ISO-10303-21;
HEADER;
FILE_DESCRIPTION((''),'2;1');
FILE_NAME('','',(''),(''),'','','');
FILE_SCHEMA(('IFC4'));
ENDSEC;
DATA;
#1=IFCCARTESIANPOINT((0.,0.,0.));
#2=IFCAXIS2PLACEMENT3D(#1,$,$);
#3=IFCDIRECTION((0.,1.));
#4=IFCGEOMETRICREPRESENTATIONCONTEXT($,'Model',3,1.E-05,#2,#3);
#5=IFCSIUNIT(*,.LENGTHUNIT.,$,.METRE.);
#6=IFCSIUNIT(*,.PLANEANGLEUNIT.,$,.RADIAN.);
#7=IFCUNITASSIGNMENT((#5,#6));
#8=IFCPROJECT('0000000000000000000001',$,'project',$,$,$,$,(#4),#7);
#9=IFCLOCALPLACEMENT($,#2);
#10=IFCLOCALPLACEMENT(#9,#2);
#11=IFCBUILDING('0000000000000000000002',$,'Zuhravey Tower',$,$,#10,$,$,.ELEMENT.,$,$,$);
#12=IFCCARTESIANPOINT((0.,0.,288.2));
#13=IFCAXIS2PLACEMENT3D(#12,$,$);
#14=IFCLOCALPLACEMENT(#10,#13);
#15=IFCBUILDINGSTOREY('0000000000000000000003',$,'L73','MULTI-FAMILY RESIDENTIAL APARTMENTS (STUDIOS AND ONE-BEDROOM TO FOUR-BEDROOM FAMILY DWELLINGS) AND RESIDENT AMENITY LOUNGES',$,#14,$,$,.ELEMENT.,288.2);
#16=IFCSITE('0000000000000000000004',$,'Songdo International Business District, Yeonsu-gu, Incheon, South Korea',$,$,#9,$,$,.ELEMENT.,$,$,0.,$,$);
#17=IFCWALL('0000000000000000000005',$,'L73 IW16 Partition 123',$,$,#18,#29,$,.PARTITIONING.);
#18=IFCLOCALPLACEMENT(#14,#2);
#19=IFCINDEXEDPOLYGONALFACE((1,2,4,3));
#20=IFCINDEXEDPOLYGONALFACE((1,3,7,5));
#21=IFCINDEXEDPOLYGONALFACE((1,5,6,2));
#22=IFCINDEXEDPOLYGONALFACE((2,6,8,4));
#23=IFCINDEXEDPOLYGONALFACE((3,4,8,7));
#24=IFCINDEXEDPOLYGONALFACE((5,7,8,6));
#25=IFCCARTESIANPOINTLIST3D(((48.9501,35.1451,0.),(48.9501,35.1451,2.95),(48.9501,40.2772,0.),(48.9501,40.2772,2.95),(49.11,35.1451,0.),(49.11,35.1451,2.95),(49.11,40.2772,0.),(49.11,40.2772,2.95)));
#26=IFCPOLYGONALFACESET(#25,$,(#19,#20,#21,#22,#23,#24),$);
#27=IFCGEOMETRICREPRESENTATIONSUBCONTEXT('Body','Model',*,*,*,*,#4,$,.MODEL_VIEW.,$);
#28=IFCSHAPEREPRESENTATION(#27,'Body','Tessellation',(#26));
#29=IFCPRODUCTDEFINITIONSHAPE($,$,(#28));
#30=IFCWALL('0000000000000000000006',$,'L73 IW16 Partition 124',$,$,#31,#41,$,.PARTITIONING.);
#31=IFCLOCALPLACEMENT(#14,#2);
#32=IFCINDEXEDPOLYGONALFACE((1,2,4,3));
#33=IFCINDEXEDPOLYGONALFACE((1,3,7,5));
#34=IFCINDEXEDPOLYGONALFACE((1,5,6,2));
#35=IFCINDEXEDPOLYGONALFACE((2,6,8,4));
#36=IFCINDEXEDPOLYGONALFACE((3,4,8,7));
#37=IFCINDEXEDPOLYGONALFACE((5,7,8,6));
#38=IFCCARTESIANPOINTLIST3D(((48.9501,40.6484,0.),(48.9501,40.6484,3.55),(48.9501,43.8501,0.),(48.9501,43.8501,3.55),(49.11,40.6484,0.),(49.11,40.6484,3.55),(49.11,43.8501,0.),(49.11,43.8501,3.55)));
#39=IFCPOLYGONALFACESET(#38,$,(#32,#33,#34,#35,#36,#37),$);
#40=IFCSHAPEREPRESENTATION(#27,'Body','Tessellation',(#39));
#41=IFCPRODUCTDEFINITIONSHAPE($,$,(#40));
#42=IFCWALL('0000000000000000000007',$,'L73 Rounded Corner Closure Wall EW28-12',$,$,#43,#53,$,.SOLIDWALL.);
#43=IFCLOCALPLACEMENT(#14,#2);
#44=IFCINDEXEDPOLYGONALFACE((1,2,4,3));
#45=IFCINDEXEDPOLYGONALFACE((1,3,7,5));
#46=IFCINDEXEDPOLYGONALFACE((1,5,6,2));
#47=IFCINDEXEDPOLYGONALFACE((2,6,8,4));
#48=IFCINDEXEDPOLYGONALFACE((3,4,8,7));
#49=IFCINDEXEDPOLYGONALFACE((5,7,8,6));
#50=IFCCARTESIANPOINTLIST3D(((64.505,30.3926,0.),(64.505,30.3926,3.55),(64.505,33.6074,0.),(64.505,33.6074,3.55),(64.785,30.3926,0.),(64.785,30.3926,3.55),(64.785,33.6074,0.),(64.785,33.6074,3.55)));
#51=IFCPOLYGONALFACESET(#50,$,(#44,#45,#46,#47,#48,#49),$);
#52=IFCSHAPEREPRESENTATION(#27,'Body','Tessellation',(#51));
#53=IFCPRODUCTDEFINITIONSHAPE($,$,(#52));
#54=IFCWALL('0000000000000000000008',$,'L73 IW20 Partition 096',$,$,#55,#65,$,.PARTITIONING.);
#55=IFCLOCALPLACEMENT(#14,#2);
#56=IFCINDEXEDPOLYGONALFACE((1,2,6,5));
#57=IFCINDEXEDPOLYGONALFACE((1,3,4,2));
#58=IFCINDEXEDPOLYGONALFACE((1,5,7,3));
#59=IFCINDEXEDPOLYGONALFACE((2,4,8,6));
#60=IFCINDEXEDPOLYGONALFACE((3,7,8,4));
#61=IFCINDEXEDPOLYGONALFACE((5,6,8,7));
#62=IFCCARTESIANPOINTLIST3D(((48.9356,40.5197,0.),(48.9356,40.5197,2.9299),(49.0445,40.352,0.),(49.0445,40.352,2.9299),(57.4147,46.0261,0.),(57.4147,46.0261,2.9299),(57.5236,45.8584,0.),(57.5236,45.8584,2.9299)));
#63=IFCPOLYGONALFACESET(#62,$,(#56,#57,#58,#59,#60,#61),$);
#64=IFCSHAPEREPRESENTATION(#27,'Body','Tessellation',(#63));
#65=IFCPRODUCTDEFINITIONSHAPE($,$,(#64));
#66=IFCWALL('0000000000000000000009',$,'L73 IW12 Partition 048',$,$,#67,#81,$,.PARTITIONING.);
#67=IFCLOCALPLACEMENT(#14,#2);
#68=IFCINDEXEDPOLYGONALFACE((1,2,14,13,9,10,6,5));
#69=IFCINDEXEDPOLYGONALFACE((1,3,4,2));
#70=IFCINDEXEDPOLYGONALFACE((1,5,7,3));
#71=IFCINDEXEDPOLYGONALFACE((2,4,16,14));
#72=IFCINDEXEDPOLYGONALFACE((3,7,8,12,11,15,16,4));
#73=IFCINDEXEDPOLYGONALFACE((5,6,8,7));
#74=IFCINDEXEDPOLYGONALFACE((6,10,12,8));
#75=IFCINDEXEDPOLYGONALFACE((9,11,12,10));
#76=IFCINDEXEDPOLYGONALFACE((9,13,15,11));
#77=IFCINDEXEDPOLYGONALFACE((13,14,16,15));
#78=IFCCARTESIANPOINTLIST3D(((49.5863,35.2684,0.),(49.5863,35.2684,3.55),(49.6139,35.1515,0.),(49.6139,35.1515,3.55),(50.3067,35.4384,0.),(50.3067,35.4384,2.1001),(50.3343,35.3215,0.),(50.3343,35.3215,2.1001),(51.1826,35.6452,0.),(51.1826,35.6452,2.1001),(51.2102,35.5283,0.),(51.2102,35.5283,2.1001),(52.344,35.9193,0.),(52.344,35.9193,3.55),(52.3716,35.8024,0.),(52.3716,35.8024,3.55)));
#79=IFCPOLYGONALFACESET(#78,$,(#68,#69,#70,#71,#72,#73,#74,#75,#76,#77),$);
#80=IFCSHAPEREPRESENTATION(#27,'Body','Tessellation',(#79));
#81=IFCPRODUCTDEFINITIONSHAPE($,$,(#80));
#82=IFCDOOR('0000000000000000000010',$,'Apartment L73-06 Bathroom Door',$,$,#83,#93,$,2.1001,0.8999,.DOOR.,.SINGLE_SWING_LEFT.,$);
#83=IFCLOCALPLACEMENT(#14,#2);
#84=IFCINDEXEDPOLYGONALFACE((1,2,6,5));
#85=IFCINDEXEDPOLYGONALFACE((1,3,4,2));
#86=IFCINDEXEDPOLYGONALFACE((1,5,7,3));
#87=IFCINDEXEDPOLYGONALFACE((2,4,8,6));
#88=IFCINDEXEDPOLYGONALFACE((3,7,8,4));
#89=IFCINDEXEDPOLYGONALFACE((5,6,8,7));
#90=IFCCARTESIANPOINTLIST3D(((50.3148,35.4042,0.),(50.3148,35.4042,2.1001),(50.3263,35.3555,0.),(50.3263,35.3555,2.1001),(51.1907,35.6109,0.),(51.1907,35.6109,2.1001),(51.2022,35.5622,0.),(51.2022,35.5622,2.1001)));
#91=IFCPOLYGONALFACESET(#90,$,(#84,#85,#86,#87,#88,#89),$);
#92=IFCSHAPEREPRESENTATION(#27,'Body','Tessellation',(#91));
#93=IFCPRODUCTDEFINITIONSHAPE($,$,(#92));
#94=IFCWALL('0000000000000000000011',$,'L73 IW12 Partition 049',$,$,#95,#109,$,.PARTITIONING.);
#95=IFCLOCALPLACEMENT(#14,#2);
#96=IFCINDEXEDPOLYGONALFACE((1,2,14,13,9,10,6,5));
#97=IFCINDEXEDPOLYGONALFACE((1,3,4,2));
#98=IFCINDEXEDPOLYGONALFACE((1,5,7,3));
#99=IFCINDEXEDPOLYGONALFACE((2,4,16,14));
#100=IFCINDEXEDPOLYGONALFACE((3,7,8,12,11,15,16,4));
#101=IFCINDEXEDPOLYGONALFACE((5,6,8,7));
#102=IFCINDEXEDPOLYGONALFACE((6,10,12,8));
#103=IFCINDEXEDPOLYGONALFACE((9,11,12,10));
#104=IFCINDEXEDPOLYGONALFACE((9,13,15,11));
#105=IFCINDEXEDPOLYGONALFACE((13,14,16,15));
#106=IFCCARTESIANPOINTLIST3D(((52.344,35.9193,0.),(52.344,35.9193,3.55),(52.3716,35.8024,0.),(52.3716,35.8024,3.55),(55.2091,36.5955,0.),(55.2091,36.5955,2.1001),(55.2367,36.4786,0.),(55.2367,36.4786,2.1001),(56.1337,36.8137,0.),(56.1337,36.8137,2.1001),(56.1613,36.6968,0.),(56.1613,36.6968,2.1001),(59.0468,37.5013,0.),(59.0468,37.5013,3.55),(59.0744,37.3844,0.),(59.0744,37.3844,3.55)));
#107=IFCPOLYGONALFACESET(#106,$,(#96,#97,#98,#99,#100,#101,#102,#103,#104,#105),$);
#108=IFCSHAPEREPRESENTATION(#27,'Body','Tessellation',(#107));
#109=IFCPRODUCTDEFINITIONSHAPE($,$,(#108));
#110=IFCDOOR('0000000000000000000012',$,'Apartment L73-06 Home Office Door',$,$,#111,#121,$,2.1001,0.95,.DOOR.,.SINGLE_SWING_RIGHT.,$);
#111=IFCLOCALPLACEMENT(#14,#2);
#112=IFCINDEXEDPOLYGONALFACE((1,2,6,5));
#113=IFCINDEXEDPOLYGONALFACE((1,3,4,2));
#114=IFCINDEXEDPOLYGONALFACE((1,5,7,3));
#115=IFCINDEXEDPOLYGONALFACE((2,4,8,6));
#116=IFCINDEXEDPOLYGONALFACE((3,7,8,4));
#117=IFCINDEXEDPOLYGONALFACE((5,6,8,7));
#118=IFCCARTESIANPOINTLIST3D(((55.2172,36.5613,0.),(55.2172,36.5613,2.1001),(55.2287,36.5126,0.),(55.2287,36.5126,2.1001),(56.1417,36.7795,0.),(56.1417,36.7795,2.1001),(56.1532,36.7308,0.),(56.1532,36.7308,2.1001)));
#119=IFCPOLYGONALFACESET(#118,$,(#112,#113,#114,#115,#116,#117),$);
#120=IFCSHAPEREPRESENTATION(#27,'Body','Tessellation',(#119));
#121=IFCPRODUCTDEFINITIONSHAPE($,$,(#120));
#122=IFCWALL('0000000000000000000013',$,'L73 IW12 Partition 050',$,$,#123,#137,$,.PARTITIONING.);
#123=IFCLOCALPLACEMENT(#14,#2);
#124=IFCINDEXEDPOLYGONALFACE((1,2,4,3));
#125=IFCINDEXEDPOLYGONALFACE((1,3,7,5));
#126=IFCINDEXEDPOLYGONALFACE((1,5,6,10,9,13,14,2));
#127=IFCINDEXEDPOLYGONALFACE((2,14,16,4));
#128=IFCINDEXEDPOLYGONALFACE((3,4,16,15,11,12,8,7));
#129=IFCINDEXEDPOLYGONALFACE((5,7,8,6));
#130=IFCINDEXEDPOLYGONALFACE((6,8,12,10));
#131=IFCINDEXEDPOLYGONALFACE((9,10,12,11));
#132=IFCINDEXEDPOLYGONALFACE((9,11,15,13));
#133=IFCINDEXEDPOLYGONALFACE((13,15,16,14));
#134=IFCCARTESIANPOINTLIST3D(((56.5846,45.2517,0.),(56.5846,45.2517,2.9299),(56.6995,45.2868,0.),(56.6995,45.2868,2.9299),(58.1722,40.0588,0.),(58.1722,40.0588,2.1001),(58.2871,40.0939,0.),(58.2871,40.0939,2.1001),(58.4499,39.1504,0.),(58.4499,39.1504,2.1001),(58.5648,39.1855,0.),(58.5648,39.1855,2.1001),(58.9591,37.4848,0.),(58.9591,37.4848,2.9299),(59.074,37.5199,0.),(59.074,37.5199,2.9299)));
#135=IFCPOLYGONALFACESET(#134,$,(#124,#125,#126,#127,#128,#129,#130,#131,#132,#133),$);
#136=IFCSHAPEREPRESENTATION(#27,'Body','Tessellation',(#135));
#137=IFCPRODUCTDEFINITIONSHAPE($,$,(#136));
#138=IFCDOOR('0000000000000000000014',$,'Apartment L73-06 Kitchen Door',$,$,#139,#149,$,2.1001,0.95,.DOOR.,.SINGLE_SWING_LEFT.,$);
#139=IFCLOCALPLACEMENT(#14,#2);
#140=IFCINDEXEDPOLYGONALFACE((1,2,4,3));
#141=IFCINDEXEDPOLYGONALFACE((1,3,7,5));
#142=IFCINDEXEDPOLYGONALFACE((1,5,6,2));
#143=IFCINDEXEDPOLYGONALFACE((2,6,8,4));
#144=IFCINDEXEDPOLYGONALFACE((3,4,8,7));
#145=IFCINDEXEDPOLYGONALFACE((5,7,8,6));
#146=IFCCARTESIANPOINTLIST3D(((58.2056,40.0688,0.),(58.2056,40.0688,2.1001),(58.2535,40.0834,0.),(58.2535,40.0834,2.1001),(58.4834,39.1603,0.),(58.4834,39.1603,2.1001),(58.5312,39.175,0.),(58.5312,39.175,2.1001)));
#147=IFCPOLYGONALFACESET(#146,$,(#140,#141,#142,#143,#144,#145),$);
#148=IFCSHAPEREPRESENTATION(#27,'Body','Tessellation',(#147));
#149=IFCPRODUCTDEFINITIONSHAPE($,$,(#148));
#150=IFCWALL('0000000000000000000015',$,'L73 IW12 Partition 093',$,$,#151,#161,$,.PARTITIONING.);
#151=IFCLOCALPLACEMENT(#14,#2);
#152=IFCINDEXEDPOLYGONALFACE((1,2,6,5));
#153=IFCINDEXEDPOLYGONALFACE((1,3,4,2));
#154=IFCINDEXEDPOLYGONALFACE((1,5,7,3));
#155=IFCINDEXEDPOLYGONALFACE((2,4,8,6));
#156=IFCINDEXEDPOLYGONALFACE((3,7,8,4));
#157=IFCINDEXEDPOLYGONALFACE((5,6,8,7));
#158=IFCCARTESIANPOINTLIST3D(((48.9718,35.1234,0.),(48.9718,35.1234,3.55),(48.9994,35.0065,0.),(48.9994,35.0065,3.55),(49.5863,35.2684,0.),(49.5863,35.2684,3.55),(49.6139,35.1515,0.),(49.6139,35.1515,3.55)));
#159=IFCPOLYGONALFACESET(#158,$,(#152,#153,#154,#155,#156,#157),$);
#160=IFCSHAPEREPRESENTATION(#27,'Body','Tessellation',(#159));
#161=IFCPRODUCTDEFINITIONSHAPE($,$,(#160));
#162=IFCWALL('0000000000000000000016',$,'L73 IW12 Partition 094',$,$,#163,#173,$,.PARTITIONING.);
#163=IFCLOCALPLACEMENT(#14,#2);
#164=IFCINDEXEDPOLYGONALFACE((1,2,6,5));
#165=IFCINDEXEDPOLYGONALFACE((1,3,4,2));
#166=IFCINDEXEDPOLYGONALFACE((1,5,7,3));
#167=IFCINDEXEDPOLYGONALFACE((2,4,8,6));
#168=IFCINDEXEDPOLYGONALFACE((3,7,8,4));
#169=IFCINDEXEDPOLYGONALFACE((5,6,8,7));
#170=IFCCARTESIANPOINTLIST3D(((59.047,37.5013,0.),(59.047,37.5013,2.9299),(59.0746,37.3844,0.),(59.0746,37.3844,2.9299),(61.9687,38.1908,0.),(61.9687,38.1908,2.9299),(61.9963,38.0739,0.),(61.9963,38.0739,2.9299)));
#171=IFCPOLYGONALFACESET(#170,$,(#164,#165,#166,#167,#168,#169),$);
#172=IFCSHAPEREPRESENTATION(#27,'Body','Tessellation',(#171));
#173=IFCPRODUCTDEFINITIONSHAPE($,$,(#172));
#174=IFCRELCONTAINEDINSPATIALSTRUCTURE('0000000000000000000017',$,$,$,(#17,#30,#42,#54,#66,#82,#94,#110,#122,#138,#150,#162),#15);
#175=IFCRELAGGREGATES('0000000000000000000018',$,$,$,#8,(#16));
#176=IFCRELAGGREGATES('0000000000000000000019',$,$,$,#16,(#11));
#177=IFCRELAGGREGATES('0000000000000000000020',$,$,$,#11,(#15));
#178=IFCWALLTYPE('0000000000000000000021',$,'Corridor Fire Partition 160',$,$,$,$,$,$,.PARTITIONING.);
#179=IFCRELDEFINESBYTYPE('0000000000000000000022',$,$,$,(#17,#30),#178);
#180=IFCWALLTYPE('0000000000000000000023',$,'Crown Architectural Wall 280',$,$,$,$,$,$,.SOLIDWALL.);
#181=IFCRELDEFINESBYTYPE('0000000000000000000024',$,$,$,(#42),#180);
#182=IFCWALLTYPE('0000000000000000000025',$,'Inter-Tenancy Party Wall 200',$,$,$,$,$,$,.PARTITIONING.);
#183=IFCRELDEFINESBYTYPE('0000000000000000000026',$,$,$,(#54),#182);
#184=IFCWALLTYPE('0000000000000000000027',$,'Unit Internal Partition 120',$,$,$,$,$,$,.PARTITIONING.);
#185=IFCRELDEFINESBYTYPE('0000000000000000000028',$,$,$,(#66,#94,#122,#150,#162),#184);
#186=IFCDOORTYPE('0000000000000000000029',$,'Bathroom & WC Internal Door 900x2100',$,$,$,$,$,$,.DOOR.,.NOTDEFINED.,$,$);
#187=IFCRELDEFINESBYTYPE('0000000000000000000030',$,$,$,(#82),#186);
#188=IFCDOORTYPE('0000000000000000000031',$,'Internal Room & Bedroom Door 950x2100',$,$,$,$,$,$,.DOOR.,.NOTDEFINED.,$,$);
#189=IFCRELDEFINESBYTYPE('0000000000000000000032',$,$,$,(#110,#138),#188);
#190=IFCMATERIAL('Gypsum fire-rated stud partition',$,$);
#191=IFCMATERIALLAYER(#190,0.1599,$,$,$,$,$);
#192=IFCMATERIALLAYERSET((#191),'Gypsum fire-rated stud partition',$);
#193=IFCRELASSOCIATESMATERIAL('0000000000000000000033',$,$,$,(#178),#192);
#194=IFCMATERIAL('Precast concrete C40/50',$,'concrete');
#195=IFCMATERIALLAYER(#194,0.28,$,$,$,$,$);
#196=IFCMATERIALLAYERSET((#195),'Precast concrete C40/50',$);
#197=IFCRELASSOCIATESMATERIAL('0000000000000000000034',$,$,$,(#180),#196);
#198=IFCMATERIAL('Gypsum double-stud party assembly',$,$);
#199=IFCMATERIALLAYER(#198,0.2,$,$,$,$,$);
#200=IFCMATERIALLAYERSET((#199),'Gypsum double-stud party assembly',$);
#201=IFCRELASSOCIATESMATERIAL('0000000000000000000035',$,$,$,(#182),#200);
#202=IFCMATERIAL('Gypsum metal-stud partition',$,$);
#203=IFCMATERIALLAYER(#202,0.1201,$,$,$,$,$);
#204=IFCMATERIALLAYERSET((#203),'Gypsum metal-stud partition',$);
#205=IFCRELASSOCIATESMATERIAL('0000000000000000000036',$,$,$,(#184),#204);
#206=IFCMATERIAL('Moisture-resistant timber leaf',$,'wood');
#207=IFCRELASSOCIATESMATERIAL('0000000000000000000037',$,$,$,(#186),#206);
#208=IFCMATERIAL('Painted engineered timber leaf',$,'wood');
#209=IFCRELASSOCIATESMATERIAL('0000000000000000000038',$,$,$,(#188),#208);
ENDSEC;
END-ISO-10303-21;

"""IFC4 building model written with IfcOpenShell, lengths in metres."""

from ifc_helpers import new_model, si_unit, direction, frame, frame_2d, origin, place, context, subcontext, project, spatial, rectangle, extrude, material, layer, layer_set, type_object, element, fill, save


model = new_model("IFC4")

# Units and contexts
model_context = context("Model", 3, precision=1e-05, world=origin(), true_north=direction((0.0, 1.0)))
body_context = subcontext(model_context, "Body", "Model", "MODEL_VIEW")
ifc_project = project(units=[si_unit("LENGTHUNIT", "METRE"), si_unit("PLANEANGLEUNIT", "RADIAN")], contexts=[model_context])

# Site, building, storey
site_placement = place(None, origin())
site = spatial("IfcSite", under=ifc_project, at=site_placement, Name="Songdo International Business District, Yeonsu-gu, Incheon, South Korea", CompositionType="ELEMENT", RefElevation=0.0)
building_placement = place(site_placement, origin())
building = spatial("IfcBuilding", under=site, at=building_placement, Name="Zuhravey Tower", CompositionType="ELEMENT")
storey_placement = place(building_placement, frame((0.0, 0.0, 288.2)))
storey = spatial("IfcBuildingStorey", under=building, at=storey_placement, Name="L73", Description="MULTI-FAMILY RESIDENTIAL APARTMENTS (STUDIOS AND ONE-BEDROOM TO FOUR-BEDROOM FAMILY DWELLINGS) AND RESIDENT AMENITY LOUNGES", CompositionType="ELEMENT", Elevation=288.2)

# Walls
ifc_material_1 = material(Name="Gypsum fire-rated stud partition")
ifc_layer_1 = layer(ifc_material_1, 0.1599)
ifc_layer_set_1 = layer_set([ifc_layer_1], Name="Gypsum fire-rated stud partition")
wall_type_1 = type_object("IfcWallType", Name="Corridor Fire Partition 160", PredefinedType="PARTITIONING", material=ifc_layer_set_1)
wall_1_placement = place(storey_placement, frame((49.03, 35.1453, 0.0), z_axis=(0.0, 0.0, 1.0), x_axis=(0.0, 1.0, 0.0)))
element("IfcWall", 1, at=wall_1_placement, inside=storey, type_object=wall_type_1, Name="L73 IW16 Partition 123", PredefinedType="PARTITIONING", context=body_context, shape_type="SweptSolid", body=[
    extrude(rectangle(XDim=5.1321, YDim=0.1599, at=frame_2d((2.5659, 0.0))), origin(), (0.0, 0.0, 1.0), 2.95),
])
wall_2_placement = place(storey_placement, frame((49.03, 40.6484, 0.0), z_axis=(0.0, 0.0, 1.0), x_axis=(0.0, 1.0, 0.0)))
element("IfcWall", 2, at=wall_2_placement, inside=storey, type_object=wall_type_1, Name="L73 IW16 Partition 124", PredefinedType="PARTITIONING", context=body_context, shape_type="SweptSolid", body=[
    extrude(rectangle(XDim=3.2017, YDim=0.1599, at=frame_2d((1.6008, 0.0))), origin(), (0.0, 0.0, 1.0), 3.55),
])
ifc_material_2 = material(Name="Precast concrete C40/50", Category="concrete")
ifc_layer_2 = layer(ifc_material_2, 0.28)
ifc_layer_set_2 = layer_set([ifc_layer_2], Name="Precast concrete C40/50")
wall_type_2 = type_object("IfcWallType", Name="Crown Architectural Wall 280", PredefinedType="SOLIDWALL", material=ifc_layer_set_2)
wall_3_placement = place(storey_placement, frame((64.645, 33.6074, 0.0), z_axis=(0.0, 0.0, 1.0), x_axis=(0.0, -1.0, 0.0)))
element("IfcWall", 3, at=wall_3_placement, inside=storey, type_object=wall_type_2, Name="L73 Rounded Corner Closure Wall EW28-12", PredefinedType="SOLIDWALL", context=body_context, shape_type="SweptSolid", body=[
    extrude(rectangle(XDim=3.2148, YDim=0.28, at=frame_2d((1.6074, 0.0))), origin(), (0.0, 0.0, 1.0), 3.55),
])
ifc_material_3 = material(Name="Gypsum double-stud party assembly")
ifc_layer_3 = layer(ifc_material_3, 0.2)
ifc_layer_set_3 = layer_set([ifc_layer_3], Name="Gypsum double-stud party assembly")
wall_type_3 = type_object("IfcWallType", Name="Inter-Tenancy Party Wall 200", PredefinedType="PARTITIONING", material=ifc_layer_set_3)
wall_4_placement = place(storey_placement, frame((48.99, 40.4358, 0.0), z_axis=(0.0, 0.0, 1.0), x_axis=(0.83867, 0.54464, 0.0)))
element("IfcWall", 4, at=wall_4_placement, inside=storey, type_object=wall_type_3, Name="L73 IW20 Partition 096", PredefinedType="PARTITIONING", context=body_context, shape_type="SweptSolid", body=[
    extrude(rectangle(XDim=10.1101, YDim=0.2, at=frame_2d((5.0552, 0.0))), origin(), (0.0, 0.0, 1.0), 2.9299),
])

# Walls, openings, doors
ifc_material_4 = material(Name="Gypsum metal-stud partition")
ifc_layer_4 = layer(ifc_material_4, 0.1201)
ifc_layer_set_4 = layer_set([ifc_layer_4], Name="Gypsum metal-stud partition")
wall_type_4 = type_object("IfcWallType", Name="Unit Internal Partition 120", PredefinedType="PARTITIONING", material=ifc_layer_set_4)
wall_5_placement = place(storey_placement, frame((49.6001, 35.21, 0.0), z_axis=(0.0, 0.0, 1.0), x_axis=(0.973261, 0.229702, 0.0)))
wall_5 = element("IfcWall", 5, at=wall_5_placement, inside=storey, type_object=wall_type_4, Name="L73 IW12 Partition 048", PredefinedType="PARTITIONING", context=body_context, shape_type="SweptSolid", body=[
    extrude(rectangle(XDim=2.8335, YDim=0.1201, at=frame_2d((1.4167, 0.0))), origin(), (0.0, 0.0, 1.0), 3.55),
])
opening_1_placement = place(wall_5_placement, frame((0.7402, 0.0, 0.0)))
opening_1 = element("IfcOpeningElement", 6, at=opening_1_placement, cuts=wall_5, PredefinedType="OPENING", context=body_context, shape_type="SweptSolid", body=[
    extrude(rectangle(XDim=0.8999, YDim=2.1001, at=frame_2d((0.45, 1.05))), frame((0.0, 0.072, 0.0), z_axis=(0.0, -1.0, 0.0), x_axis=(1.0, 0.0, 0.0)), (0.0, 0.0, 1.0), 0.144),
])
ifc_material_5 = material(Name="Moisture-resistant timber leaf", Category="wood")
door_type_1 = type_object("IfcDoorType", Name="Bathroom & WC Internal Door 900x2100", OperationType="NOTDEFINED", PredefinedType="DOOR", material=ifc_material_5)
door_1_placement = place(opening_1_placement, origin())
door_1 = element("IfcDoor", 7, at=door_1_placement, inside=storey, type_object=door_type_1, Name="Apartment L73-06 Bathroom Door", OperationType="SINGLE_SWING_LEFT", OverallHeight=2.1001, OverallWidth=0.8999, PredefinedType="DOOR", context=body_context, shape_type="SweptSolid", body=[
    extrude(rectangle(XDim=0.8999, YDim=2.1001, at=frame_2d((0.45, 1.05))), frame((0.0, 0.0249, 0.0), z_axis=(0.0, -1.0, 0.0), x_axis=(1.0, 0.0, 0.0)), (0.0, 0.0, 1.0), 0.05),
])
fill(opening_1, door_1)
wall_6_placement = place(storey_placement, frame((52.3579, 35.8608, 0.0), z_axis=(0.0, 0.0, 1.0), x_axis=(0.973259, 0.229711, 0.0)))
wall_6 = element("IfcWall", 8, at=wall_6_placement, inside=storey, type_object=wall_type_4, Name="L73 IW12 Partition 049", PredefinedType="PARTITIONING", context=body_context, shape_type="SweptSolid", body=[
    extrude(rectangle(XDim=6.887, YDim=0.1201, at=frame_2d((3.4434, 0.0))), origin(), (0.0, 0.0, 1.0), 3.55),
])
opening_2_placement = place(wall_6_placement, frame((2.9436, 0.0, 0.0)))
opening_2 = element("IfcOpeningElement", 9, at=opening_2_placement, cuts=wall_6, PredefinedType="OPENING", context=body_context, shape_type="SweptSolid", body=[
    extrude(rectangle(XDim=0.95, YDim=2.1001, at=frame_2d((0.4751, 1.05))), frame((0.0, 0.072, 0.0), z_axis=(0.0, -1.0, 0.0), x_axis=(1.0, 0.0, 0.0)), (0.0, 0.0, 1.0), 0.144),
])
ifc_material_6 = material(Name="Painted engineered timber leaf", Category="wood")
door_type_2 = type_object("IfcDoorType", Name="Internal Room & Bedroom Door 950x2100", OperationType="NOTDEFINED", PredefinedType="DOOR", material=ifc_material_6)
door_2_placement = place(opening_2_placement, origin())
door_2 = element("IfcDoor", 10, at=door_2_placement, inside=storey, type_object=door_type_2, Name="Apartment L73-06 Home Office Door", OperationType="SINGLE_SWING_RIGHT", OverallHeight=2.1001, OverallWidth=0.95, PredefinedType="DOOR", context=body_context, shape_type="SweptSolid", body=[
    extrude(rectangle(XDim=0.95, YDim=2.1001, at=frame_2d((0.4751, 1.05))), frame((0.0, 0.0249, 0.0), z_axis=(0.0, -1.0, 0.0), x_axis=(1.0, 0.0, 0.0)), (0.0, 0.0, 1.0), 0.05),
])
fill(opening_2, door_2)
wall_7_placement = place(storey_placement, frame((59.0166, 37.5022, 0.0), z_axis=(0.0, 0.0, 1.0), x_axis=(-0.292366, 0.956307, 0.0)))
wall_7 = element("IfcWall", 11, at=wall_7_placement, inside=storey, type_object=wall_type_4, Name="L73 IW12 Partition 050", PredefinedType="PARTITIONING", context=body_context, shape_type="SweptSolid", body=[
    extrude(rectangle(XDim=8.1218, YDim=0.1201, at=frame_2d((4.061, 0.0))), origin(), (0.0, 0.0, 1.0), 2.9299),
])
opening_3_placement = place(wall_7_placement, frame((1.7417, 0.0, 0.0)))
opening_3 = element("IfcOpeningElement", 12, at=opening_3_placement, cuts=wall_7, PredefinedType="OPENING", context=body_context, shape_type="SweptSolid", body=[
    extrude(rectangle(XDim=0.95, YDim=2.1001, at=frame_2d((0.4751, 1.05))), frame((0.0, 0.072, 0.0), z_axis=(0.0, -1.0, 0.0), x_axis=(1.0, 0.0, 0.0)), (0.0, 0.0, 1.0), 0.144),
])
door_3_placement = place(opening_3_placement, frame((0.95, 0.0, 0.0), z_axis=(0.0, 0.0, 1.0), x_axis=(-1.0, 0.0, 0.0)))
door_3 = element("IfcDoor", 13, at=door_3_placement, inside=storey, type_object=door_type_2, Name="Apartment L73-06 Kitchen Door", OperationType="SINGLE_SWING_LEFT", OverallHeight=2.1001, OverallWidth=0.95, PredefinedType="DOOR", context=body_context, shape_type="SweptSolid", body=[
    extrude(rectangle(XDim=0.95, YDim=2.1001, at=frame_2d((0.4751, 1.05))), frame((0.0, 0.0249, 0.0), z_axis=(0.0, -1.0, 0.0), x_axis=(1.0, 0.0, 0.0)), (0.0, 0.0, 1.0), 0.05),
])
fill(opening_3, door_3)

# Walls
wall_8_placement = place(storey_placement, frame((48.9856, 35.0649, 0.0), z_axis=(0.0, 0.0, 1.0), x_axis=(0.973265, 0.229686, 0.0)))
element("IfcWall", 14, at=wall_8_placement, inside=storey, type_object=wall_type_4, Name="L73 IW12 Partition 093", PredefinedType="PARTITIONING", context=body_context, shape_type="SweptSolid", body=[
    extrude(rectangle(XDim=0.6313, YDim=0.1201, at=frame_2d((0.3157, 0.0))), origin(), (0.0, 0.0, 1.0), 3.55),
])
wall_9_placement = place(storey_placement, frame((59.0608, 37.4429, 0.0), z_axis=(0.0, 0.0, 1.0), x_axis=(0.973268, 0.229674, 0.0)))
element("IfcWall", 15, at=wall_9_placement, inside=storey, type_object=wall_type_4, Name="L73 IW12 Partition 094", PredefinedType="PARTITIONING", context=body_context, shape_type="SweptSolid", body=[
    extrude(rectangle(XDim=3.002, YDim=0.1201, at=frame_2d((1.501, 0.0))), origin(), (0.0, 0.0, 1.0), 2.9299),
])

save(model, "model.ifc")
